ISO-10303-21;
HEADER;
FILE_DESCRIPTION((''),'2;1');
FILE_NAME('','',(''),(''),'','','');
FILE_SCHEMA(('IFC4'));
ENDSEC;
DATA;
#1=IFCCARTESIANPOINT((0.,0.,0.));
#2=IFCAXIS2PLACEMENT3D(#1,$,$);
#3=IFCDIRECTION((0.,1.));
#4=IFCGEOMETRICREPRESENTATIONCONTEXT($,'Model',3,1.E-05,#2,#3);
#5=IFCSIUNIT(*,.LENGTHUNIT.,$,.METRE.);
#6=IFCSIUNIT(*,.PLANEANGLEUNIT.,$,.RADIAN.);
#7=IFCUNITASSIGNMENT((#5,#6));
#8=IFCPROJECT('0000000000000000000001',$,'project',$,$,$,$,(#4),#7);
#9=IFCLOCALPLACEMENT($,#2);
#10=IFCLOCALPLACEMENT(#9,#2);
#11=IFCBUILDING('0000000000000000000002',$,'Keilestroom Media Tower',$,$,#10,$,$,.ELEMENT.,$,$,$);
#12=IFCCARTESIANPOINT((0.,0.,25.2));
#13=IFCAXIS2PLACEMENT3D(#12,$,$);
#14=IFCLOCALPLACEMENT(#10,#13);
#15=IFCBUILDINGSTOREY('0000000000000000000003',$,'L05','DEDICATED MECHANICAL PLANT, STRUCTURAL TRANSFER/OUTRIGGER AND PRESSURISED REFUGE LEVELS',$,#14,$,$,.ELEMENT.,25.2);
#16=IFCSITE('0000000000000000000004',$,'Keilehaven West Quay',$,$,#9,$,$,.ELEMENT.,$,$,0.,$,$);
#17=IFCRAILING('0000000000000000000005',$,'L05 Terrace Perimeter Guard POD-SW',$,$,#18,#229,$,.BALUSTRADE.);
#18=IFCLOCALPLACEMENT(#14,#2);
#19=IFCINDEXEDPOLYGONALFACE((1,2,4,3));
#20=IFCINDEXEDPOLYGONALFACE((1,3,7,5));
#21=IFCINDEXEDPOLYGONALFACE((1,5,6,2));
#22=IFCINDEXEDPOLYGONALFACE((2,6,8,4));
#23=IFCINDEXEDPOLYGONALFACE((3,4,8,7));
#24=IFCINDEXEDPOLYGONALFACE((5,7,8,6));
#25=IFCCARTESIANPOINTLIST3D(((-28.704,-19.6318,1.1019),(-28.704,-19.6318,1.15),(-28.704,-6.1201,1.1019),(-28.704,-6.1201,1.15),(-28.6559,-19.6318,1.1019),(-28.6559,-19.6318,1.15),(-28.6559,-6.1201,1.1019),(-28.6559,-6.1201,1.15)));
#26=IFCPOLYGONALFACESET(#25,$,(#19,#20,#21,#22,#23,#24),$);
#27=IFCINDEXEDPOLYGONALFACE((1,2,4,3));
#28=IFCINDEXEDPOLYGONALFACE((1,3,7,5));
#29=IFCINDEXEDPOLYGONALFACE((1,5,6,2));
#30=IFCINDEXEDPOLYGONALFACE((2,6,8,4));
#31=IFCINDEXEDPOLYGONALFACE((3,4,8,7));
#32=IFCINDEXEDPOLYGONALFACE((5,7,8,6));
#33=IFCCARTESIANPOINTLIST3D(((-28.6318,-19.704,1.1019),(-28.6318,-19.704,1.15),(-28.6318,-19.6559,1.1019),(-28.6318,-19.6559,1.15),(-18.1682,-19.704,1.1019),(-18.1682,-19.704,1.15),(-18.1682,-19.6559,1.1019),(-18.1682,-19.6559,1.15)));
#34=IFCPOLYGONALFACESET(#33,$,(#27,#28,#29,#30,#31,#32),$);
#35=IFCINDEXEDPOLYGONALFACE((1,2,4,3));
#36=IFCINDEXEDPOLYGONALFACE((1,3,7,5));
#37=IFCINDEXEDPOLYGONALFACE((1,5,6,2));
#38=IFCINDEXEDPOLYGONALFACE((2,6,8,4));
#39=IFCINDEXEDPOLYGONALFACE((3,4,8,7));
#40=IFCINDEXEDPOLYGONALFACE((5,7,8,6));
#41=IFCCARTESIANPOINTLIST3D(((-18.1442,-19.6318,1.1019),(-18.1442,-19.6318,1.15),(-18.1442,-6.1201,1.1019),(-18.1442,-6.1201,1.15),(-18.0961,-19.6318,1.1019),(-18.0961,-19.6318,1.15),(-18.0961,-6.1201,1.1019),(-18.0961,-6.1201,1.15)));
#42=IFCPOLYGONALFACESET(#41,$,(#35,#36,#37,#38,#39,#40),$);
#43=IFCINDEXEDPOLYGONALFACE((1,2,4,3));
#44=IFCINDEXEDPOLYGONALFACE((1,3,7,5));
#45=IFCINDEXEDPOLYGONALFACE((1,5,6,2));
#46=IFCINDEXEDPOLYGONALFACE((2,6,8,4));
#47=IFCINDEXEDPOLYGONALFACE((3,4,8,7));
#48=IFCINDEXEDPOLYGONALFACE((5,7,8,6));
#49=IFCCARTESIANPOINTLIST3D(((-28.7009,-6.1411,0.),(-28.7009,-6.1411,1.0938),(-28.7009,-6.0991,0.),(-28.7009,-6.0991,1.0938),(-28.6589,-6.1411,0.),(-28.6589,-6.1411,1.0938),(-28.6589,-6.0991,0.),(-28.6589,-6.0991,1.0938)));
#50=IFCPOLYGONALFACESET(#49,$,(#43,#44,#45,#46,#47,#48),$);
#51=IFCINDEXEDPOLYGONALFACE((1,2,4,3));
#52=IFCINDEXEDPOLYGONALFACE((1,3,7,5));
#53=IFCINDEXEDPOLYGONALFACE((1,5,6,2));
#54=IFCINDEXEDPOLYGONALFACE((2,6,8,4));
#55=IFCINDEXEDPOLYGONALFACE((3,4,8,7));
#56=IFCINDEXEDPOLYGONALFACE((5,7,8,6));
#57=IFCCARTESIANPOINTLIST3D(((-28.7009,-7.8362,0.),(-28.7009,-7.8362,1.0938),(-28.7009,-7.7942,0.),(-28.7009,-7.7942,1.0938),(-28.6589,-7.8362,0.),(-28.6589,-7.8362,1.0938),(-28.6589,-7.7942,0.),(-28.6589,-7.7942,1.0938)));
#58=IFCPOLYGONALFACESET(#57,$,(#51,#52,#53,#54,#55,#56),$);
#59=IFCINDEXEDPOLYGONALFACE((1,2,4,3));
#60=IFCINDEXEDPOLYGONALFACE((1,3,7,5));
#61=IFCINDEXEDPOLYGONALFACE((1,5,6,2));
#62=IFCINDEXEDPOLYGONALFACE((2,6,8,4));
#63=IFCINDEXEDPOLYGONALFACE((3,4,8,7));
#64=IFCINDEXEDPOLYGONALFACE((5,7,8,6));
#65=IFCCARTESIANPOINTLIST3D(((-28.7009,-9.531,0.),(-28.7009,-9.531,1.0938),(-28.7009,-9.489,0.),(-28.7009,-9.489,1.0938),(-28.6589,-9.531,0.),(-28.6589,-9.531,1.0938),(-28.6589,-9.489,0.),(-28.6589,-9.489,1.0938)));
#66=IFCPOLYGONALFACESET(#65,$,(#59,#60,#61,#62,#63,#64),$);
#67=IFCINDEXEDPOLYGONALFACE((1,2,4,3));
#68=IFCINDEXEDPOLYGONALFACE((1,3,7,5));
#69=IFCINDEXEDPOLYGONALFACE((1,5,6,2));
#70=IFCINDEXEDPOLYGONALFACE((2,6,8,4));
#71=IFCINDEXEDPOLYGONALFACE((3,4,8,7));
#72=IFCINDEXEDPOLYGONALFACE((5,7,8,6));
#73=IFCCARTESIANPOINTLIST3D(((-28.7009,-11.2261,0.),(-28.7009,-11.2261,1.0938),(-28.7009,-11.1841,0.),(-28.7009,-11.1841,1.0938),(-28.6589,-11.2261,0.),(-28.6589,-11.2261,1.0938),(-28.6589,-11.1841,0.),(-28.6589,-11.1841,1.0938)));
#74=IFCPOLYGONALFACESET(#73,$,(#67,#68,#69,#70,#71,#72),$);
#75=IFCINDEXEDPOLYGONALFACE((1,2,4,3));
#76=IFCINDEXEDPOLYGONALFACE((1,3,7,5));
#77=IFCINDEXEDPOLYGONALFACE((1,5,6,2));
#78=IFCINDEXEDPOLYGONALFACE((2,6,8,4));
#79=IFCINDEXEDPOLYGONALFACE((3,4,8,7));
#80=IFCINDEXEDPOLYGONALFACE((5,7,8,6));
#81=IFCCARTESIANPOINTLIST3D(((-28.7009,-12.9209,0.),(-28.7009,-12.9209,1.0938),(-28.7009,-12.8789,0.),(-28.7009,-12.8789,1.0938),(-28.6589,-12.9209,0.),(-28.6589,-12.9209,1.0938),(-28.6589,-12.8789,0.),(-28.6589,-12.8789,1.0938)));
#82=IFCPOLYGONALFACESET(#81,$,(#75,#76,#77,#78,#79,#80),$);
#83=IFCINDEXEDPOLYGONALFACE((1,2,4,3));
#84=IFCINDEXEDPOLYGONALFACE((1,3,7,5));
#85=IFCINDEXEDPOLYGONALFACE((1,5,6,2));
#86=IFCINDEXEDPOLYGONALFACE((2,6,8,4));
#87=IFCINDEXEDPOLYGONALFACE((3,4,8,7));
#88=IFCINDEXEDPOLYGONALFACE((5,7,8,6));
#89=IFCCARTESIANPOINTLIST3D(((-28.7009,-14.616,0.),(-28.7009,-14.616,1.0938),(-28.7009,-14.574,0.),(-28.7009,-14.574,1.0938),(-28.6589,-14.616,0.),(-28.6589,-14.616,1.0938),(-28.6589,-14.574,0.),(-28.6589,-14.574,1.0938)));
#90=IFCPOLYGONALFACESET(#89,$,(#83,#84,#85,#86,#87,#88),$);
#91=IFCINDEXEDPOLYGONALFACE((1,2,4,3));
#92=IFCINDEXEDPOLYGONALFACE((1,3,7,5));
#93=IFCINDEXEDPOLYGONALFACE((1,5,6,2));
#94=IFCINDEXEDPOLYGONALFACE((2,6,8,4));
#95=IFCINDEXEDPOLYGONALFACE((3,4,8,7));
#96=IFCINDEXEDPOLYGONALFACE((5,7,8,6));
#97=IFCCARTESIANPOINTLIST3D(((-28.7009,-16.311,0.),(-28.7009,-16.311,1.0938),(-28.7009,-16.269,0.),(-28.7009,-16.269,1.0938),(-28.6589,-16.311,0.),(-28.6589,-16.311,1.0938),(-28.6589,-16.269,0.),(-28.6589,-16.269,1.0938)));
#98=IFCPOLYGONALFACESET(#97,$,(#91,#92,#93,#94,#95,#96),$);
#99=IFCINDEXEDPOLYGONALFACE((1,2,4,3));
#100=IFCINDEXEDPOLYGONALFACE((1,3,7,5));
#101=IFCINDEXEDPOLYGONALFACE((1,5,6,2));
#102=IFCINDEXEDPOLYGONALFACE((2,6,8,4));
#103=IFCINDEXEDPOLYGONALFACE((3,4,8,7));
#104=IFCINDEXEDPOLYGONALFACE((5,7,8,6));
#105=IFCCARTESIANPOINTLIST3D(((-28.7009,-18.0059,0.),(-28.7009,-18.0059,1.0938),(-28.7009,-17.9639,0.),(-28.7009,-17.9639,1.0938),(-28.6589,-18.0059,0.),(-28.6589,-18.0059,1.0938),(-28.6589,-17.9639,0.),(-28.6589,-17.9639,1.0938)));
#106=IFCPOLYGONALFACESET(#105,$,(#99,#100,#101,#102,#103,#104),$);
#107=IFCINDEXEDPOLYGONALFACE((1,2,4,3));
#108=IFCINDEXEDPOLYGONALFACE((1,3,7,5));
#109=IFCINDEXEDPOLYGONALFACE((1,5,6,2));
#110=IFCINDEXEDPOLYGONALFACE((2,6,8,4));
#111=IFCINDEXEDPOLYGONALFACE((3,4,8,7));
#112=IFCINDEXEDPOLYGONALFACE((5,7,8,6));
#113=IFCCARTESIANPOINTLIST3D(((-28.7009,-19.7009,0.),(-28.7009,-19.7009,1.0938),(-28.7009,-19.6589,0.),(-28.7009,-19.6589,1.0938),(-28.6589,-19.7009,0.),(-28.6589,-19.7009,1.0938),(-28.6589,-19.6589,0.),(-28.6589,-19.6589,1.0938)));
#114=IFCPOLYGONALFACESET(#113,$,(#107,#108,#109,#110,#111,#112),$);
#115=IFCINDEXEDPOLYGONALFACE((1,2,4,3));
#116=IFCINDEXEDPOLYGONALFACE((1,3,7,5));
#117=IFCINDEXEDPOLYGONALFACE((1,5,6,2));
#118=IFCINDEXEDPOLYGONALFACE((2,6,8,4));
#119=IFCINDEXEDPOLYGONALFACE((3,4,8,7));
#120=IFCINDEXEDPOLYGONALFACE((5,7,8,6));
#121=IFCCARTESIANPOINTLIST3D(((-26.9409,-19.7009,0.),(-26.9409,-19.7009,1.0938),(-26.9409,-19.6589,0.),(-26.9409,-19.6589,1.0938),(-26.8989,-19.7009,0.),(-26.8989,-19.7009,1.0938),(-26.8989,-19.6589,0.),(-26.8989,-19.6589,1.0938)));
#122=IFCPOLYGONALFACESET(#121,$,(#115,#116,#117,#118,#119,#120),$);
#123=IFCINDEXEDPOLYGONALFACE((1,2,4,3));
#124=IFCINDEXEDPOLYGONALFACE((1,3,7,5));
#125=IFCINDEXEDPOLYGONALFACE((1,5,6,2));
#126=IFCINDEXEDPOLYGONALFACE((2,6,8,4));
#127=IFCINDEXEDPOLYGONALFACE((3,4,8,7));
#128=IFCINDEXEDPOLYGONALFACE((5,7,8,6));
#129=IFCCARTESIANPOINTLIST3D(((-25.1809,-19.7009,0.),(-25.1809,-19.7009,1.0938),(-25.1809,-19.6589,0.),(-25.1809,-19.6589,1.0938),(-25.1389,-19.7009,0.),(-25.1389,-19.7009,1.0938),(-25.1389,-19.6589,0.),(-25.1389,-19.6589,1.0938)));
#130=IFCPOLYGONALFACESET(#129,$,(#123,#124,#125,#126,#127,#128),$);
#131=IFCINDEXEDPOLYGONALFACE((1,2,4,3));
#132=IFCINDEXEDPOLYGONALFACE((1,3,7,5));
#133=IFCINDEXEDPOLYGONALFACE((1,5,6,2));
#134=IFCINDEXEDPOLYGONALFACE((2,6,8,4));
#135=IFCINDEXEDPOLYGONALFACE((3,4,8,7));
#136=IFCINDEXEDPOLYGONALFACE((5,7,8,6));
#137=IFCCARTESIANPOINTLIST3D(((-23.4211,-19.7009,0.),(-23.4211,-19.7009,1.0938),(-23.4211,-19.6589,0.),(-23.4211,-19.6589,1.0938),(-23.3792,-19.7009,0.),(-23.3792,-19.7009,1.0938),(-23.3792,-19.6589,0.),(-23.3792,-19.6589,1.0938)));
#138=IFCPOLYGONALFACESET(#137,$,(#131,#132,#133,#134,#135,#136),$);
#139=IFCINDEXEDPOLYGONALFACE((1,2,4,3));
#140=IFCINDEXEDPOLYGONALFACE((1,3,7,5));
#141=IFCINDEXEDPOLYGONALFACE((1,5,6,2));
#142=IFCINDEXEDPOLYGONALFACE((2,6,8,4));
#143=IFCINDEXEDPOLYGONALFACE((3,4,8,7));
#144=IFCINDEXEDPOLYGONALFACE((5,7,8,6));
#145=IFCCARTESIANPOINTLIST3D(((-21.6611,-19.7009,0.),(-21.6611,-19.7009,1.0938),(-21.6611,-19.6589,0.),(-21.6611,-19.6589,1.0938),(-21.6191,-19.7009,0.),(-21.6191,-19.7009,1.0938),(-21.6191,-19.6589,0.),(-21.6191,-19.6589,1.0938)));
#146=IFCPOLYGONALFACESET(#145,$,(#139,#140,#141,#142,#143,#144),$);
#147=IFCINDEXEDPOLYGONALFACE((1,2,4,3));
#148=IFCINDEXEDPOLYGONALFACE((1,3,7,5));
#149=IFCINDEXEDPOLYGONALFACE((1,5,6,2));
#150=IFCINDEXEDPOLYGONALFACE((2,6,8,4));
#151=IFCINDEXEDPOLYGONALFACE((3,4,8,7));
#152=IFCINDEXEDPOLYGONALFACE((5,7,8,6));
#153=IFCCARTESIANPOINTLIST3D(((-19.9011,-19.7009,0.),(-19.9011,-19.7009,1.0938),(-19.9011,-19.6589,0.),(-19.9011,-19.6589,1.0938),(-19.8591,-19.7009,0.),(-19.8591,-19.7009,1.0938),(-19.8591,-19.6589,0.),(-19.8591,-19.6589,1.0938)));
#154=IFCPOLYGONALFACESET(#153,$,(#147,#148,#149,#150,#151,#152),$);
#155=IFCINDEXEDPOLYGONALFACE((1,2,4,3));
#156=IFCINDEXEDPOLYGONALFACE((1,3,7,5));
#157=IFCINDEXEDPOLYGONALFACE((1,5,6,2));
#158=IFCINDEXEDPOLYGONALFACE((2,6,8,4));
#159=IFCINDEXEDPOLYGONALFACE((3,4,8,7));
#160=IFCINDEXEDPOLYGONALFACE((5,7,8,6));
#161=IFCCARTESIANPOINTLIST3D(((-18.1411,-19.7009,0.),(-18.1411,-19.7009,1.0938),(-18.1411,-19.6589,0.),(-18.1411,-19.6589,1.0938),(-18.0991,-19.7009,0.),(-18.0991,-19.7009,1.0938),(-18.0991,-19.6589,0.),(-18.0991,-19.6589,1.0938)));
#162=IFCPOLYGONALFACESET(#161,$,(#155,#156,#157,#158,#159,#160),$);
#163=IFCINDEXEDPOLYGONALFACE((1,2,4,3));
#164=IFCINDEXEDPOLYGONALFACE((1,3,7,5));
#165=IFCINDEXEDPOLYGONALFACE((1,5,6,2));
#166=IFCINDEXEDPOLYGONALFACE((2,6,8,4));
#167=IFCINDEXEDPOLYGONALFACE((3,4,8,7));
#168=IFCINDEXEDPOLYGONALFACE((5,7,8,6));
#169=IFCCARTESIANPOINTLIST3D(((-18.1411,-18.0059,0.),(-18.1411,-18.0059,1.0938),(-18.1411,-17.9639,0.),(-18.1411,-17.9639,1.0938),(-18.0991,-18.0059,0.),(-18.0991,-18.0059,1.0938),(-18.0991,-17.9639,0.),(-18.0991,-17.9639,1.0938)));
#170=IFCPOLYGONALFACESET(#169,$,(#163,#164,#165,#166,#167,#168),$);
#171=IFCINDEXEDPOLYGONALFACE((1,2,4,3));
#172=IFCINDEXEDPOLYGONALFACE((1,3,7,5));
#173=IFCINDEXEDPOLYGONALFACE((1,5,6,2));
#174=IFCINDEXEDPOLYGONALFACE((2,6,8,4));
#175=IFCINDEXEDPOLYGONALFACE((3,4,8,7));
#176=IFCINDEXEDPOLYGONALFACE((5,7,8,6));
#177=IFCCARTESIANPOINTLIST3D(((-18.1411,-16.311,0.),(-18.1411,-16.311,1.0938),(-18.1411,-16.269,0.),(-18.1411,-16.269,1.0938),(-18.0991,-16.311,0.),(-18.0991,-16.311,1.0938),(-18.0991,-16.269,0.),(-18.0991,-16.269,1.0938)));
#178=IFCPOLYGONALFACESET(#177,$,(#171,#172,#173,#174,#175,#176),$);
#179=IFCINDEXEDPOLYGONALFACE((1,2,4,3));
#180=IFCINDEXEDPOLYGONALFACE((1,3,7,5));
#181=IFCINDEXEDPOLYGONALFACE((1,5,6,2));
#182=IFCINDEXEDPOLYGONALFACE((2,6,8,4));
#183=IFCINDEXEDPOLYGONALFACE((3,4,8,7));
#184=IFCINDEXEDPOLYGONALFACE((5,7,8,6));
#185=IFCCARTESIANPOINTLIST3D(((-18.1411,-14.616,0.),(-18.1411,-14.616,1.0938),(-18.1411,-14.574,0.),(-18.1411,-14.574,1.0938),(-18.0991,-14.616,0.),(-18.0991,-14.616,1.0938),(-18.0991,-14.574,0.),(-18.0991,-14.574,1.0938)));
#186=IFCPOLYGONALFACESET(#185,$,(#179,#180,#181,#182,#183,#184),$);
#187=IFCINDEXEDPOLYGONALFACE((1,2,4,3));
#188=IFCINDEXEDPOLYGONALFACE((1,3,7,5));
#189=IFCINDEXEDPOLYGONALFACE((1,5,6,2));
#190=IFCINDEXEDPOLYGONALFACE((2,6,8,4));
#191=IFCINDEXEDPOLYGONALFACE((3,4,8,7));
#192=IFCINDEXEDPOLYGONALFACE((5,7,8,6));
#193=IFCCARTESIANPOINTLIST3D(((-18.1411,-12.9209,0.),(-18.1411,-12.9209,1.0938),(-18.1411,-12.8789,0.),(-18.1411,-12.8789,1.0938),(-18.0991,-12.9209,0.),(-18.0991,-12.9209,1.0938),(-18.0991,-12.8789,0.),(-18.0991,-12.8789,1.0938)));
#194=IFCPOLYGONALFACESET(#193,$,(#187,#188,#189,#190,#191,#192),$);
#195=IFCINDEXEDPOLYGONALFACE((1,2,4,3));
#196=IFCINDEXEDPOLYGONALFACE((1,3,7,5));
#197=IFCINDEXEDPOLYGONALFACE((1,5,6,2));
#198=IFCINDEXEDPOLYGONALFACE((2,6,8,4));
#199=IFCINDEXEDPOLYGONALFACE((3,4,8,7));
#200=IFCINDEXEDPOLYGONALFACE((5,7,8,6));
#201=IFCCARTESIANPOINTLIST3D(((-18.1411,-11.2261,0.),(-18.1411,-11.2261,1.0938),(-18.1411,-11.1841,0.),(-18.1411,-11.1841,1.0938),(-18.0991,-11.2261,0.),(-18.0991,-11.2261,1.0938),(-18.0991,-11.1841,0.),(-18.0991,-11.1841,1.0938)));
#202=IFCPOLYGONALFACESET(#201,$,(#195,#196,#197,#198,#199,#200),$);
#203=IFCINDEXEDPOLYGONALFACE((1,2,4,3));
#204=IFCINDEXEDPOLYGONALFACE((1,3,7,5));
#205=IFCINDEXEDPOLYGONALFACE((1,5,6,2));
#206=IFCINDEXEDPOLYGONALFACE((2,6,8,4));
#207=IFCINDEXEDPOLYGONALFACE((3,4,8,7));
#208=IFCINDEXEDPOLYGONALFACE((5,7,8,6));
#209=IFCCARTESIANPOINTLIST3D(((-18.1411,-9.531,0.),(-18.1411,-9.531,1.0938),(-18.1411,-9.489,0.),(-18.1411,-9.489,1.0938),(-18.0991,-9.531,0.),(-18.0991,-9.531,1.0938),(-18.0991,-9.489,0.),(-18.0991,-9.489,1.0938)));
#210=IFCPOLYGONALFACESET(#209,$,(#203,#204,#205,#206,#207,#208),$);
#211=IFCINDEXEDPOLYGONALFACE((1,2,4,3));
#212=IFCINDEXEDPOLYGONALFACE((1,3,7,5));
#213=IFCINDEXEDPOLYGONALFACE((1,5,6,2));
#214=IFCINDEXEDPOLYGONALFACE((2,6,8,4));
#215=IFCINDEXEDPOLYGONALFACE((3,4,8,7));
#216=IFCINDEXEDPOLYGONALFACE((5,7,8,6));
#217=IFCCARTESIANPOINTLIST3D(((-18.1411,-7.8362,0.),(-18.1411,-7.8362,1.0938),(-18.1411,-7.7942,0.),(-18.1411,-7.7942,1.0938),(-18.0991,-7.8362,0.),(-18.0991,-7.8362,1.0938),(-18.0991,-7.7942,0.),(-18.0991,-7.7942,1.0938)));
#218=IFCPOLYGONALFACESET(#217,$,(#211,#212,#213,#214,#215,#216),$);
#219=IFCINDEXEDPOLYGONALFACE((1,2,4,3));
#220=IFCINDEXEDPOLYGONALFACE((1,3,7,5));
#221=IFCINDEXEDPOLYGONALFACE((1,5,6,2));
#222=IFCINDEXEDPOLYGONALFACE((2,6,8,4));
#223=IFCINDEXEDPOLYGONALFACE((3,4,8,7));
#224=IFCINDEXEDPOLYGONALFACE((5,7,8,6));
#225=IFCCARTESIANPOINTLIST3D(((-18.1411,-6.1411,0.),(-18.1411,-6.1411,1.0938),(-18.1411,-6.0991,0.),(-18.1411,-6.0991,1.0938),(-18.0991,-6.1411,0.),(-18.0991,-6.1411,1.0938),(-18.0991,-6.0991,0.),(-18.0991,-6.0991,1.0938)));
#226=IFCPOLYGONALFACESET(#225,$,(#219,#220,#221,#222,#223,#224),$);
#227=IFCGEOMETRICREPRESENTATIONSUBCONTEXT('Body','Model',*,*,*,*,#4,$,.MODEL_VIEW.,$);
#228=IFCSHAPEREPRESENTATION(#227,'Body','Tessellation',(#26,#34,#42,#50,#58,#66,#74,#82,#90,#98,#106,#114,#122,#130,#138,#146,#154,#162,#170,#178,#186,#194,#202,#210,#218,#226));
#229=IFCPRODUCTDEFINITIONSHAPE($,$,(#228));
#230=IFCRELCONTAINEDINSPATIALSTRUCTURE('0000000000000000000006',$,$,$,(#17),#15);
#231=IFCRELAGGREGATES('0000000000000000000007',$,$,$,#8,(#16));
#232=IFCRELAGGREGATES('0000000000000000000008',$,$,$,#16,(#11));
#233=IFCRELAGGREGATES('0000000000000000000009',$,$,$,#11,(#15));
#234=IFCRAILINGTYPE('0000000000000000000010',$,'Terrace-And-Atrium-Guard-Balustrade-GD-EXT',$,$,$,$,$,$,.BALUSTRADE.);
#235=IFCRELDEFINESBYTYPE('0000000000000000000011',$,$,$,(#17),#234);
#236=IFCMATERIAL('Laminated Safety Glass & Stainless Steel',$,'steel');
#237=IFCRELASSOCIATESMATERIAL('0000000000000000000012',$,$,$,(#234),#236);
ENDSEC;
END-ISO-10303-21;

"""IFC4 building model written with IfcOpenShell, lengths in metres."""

from ifc_helpers import new_model, si_unit, direction, frame, origin, origin_2d, place, context, subcontext, project, spatial, rectangle, extrude, material, type_object, element, save


model = new_model("IFC4")

# Units and contexts
model_context = context("Model", 3, precision=1e-05, world=origin(), true_north=direction((0.0, 1.0)))
body_context = subcontext(model_context, "Body", "Model", "MODEL_VIEW")
ifc_project = project(units=[si_unit("LENGTHUNIT", "METRE"), si_unit("PLANEANGLEUNIT", "RADIAN")], contexts=[model_context])

# Site, building, storey
site_placement = place(None, origin())
site = spatial("IfcSite", under=ifc_project, at=site_placement, Name="Keilehaven West Quay", CompositionType="ELEMENT", RefElevation=0.0)
building_placement = place(site_placement, origin())
building = spatial("IfcBuilding", under=site, at=building_placement, Name="Keilestroom Media Tower", CompositionType="ELEMENT")
storey_placement = place(building_placement, frame((0.0, 0.0, 25.2)))
storey = spatial("IfcBuildingStorey", under=building, at=storey_placement, Name="L05", Description="DEDICATED MECHANICAL PLANT, STRUCTURAL TRANSFER/OUTRIGGER AND PRESSURISED REFUGE LEVELS", CompositionType="ELEMENT", Elevation=25.2)

# Railing
ifc_material_1 = material(Name="Laminated Safety Glass & Stainless Steel", Category="steel")
railing_type = type_object("IfcRailingType", Name="Terrace-And-Atrium-Guard-Balustrade-GD-EXT", PredefinedType="BALUSTRADE", material=ifc_material_1)
railing_placement = place(storey_placement, frame((-28.6799, -6.1201, 0.0)))
element("IfcRailing", 1, at=railing_placement, inside=storey, type_object=railing_type, Name="L05 Terrace Perimeter Guard POD-SW", PredefinedType="BALUSTRADE", context=body_context, shape_type="SweptSolid", body=[
    extrude(rectangle(XDim=0.0481, YDim=0.0481, at=origin_2d()), frame((0.0, 0.0, 1.126), z_axis=(0.0, -1.0, 0.0), x_axis=(1.0, 0.0, 0.0)), (0.0, 0.0, 1.0), 13.5117),
    extrude(rectangle(XDim=0.0481, YDim=0.0481, at=origin_2d()), frame((0.0481, -13.5598, 1.126), z_axis=(1.0, 0.0, 0.0), x_axis=(0.0, 1.0, 0.0)), (0.0, 0.0, 1.0), 10.4636),
    extrude(rectangle(XDim=0.0481, YDim=0.0481, at=origin_2d()), frame((10.5598, -13.5117, 1.126), z_axis=(0.0, 1.0, 0.0), x_axis=(-1.0, 0.0, 0.0)), (0.0, 0.0, 1.0), 13.5117),
    extrude(rectangle(XDim=0.042, YDim=0.042, at=origin_2d()), origin(), (0.0, 0.0, 1.0), 1.0938),
    extrude(rectangle(XDim=0.042, YDim=0.042, at=origin_2d()), frame((0.0, -1.6951, 0.0)), (0.0, 0.0, 1.0), 1.0938),
    extrude(rectangle(XDim=0.042, YDim=0.042, at=origin_2d()), frame((0.0, -3.3899, 0.0)), (0.0, 0.0, 1.0), 1.0938),
    extrude(rectangle(XDim=0.042, YDim=0.042, at=origin_2d()), frame((0.0, -5.085, 0.0)), (0.0, 0.0, 1.0), 1.0938),
    extrude(rectangle(XDim=0.042, YDim=0.042, at=origin_2d()), frame((0.0, -6.7798, 0.0)), (0.0, 0.0, 1.0), 1.0938),
    extrude(rectangle(XDim=0.042, YDim=0.042, at=origin_2d()), frame((0.0, -8.4749, 0.0)), (0.0, 0.0, 1.0), 1.0938),
    extrude(rectangle(XDim=0.042, YDim=0.042, at=origin_2d()), frame((0.0, -10.1699, 0.0)), (0.0, 0.0, 1.0), 1.0938),
    extrude(rectangle(XDim=0.042, YDim=0.042, at=origin_2d()), frame((0.0, -11.8647, 0.0)), (0.0, 0.0, 1.0), 1.0938),
    extrude(rectangle(XDim=0.042, YDim=0.042, at=origin_2d()), frame((0.0, -13.5598, 0.0)), (0.0, 0.0, 1.0), 1.0938),
    extrude(rectangle(XDim=0.042, YDim=0.042, at=origin_2d()), frame((1.76, -13.5598, 0.0)), (0.0, 0.0, 1.0), 1.0938),
    extrude(rectangle(XDim=0.042, YDim=0.042, at=origin_2d()), frame((3.52, -13.5598, 0.0)), (0.0, 0.0, 1.0), 1.0938),
    extrude(rectangle(XDim=0.042, YDim=0.042, at=origin_2d()), frame((5.2798, -13.5598, 0.0)), (0.0, 0.0, 1.0), 1.0938),
    extrude(rectangle(XDim=0.042, YDim=0.042, at=origin_2d()), frame((7.0398, -13.5598, 0.0)), (0.0, 0.0, 1.0), 1.0938),
    extrude(rectangle(XDim=0.042, YDim=0.042, at=origin_2d()), frame((8.7998, -13.5598, 0.0)), (0.0, 0.0, 1.0), 1.0938),
    extrude(rectangle(XDim=0.042, YDim=0.042, at=origin_2d()), frame((10.5598, -13.5598, 0.0)), (0.0, 0.0, 1.0), 1.0938),
    extrude(rectangle(XDim=0.042, YDim=0.042, at=origin_2d()), frame((10.5598, -11.8647, 0.0)), (0.0, 0.0, 1.0), 1.0938),
    extrude(rectangle(XDim=0.042, YDim=0.042, at=origin_2d()), frame((10.5598, -10.1699, 0.0)), (0.0, 0.0, 1.0), 1.0938),
    extrude(rectangle(XDim=0.042, YDim=0.042, at=origin_2d()), frame((10.5598, -8.4749, 0.0)), (0.0, 0.0, 1.0), 1.0938),
    extrude(rectangle(XDim=0.042, YDim=0.042, at=origin_2d()), frame((10.5598, -6.7798, 0.0)), (0.0, 0.0, 1.0), 1.0938),
    extrude(rectangle(XDim=0.042, YDim=0.042, at=origin_2d()), frame((10.5598, -5.085, 0.0)), (0.0, 0.0, 1.0), 1.0938),
    extrude(rectangle(XDim=0.042, YDim=0.042, at=origin_2d()), frame((10.5598, -3.3899, 0.0)), (0.0, 0.0, 1.0), 1.0938),
    extrude(rectangle(XDim=0.042, YDim=0.042, at=origin_2d()), frame((10.5598, -1.6951, 0.0)), (0.0, 0.0, 1.0), 1.0938),
    extrude(rectangle(XDim=0.042, YDim=0.042, at=origin_2d()), frame((10.5598, 0.0, 0.0)), (0.0, 0.0, 1.0), 1.0938),
])

save(model, "model.ifc")
